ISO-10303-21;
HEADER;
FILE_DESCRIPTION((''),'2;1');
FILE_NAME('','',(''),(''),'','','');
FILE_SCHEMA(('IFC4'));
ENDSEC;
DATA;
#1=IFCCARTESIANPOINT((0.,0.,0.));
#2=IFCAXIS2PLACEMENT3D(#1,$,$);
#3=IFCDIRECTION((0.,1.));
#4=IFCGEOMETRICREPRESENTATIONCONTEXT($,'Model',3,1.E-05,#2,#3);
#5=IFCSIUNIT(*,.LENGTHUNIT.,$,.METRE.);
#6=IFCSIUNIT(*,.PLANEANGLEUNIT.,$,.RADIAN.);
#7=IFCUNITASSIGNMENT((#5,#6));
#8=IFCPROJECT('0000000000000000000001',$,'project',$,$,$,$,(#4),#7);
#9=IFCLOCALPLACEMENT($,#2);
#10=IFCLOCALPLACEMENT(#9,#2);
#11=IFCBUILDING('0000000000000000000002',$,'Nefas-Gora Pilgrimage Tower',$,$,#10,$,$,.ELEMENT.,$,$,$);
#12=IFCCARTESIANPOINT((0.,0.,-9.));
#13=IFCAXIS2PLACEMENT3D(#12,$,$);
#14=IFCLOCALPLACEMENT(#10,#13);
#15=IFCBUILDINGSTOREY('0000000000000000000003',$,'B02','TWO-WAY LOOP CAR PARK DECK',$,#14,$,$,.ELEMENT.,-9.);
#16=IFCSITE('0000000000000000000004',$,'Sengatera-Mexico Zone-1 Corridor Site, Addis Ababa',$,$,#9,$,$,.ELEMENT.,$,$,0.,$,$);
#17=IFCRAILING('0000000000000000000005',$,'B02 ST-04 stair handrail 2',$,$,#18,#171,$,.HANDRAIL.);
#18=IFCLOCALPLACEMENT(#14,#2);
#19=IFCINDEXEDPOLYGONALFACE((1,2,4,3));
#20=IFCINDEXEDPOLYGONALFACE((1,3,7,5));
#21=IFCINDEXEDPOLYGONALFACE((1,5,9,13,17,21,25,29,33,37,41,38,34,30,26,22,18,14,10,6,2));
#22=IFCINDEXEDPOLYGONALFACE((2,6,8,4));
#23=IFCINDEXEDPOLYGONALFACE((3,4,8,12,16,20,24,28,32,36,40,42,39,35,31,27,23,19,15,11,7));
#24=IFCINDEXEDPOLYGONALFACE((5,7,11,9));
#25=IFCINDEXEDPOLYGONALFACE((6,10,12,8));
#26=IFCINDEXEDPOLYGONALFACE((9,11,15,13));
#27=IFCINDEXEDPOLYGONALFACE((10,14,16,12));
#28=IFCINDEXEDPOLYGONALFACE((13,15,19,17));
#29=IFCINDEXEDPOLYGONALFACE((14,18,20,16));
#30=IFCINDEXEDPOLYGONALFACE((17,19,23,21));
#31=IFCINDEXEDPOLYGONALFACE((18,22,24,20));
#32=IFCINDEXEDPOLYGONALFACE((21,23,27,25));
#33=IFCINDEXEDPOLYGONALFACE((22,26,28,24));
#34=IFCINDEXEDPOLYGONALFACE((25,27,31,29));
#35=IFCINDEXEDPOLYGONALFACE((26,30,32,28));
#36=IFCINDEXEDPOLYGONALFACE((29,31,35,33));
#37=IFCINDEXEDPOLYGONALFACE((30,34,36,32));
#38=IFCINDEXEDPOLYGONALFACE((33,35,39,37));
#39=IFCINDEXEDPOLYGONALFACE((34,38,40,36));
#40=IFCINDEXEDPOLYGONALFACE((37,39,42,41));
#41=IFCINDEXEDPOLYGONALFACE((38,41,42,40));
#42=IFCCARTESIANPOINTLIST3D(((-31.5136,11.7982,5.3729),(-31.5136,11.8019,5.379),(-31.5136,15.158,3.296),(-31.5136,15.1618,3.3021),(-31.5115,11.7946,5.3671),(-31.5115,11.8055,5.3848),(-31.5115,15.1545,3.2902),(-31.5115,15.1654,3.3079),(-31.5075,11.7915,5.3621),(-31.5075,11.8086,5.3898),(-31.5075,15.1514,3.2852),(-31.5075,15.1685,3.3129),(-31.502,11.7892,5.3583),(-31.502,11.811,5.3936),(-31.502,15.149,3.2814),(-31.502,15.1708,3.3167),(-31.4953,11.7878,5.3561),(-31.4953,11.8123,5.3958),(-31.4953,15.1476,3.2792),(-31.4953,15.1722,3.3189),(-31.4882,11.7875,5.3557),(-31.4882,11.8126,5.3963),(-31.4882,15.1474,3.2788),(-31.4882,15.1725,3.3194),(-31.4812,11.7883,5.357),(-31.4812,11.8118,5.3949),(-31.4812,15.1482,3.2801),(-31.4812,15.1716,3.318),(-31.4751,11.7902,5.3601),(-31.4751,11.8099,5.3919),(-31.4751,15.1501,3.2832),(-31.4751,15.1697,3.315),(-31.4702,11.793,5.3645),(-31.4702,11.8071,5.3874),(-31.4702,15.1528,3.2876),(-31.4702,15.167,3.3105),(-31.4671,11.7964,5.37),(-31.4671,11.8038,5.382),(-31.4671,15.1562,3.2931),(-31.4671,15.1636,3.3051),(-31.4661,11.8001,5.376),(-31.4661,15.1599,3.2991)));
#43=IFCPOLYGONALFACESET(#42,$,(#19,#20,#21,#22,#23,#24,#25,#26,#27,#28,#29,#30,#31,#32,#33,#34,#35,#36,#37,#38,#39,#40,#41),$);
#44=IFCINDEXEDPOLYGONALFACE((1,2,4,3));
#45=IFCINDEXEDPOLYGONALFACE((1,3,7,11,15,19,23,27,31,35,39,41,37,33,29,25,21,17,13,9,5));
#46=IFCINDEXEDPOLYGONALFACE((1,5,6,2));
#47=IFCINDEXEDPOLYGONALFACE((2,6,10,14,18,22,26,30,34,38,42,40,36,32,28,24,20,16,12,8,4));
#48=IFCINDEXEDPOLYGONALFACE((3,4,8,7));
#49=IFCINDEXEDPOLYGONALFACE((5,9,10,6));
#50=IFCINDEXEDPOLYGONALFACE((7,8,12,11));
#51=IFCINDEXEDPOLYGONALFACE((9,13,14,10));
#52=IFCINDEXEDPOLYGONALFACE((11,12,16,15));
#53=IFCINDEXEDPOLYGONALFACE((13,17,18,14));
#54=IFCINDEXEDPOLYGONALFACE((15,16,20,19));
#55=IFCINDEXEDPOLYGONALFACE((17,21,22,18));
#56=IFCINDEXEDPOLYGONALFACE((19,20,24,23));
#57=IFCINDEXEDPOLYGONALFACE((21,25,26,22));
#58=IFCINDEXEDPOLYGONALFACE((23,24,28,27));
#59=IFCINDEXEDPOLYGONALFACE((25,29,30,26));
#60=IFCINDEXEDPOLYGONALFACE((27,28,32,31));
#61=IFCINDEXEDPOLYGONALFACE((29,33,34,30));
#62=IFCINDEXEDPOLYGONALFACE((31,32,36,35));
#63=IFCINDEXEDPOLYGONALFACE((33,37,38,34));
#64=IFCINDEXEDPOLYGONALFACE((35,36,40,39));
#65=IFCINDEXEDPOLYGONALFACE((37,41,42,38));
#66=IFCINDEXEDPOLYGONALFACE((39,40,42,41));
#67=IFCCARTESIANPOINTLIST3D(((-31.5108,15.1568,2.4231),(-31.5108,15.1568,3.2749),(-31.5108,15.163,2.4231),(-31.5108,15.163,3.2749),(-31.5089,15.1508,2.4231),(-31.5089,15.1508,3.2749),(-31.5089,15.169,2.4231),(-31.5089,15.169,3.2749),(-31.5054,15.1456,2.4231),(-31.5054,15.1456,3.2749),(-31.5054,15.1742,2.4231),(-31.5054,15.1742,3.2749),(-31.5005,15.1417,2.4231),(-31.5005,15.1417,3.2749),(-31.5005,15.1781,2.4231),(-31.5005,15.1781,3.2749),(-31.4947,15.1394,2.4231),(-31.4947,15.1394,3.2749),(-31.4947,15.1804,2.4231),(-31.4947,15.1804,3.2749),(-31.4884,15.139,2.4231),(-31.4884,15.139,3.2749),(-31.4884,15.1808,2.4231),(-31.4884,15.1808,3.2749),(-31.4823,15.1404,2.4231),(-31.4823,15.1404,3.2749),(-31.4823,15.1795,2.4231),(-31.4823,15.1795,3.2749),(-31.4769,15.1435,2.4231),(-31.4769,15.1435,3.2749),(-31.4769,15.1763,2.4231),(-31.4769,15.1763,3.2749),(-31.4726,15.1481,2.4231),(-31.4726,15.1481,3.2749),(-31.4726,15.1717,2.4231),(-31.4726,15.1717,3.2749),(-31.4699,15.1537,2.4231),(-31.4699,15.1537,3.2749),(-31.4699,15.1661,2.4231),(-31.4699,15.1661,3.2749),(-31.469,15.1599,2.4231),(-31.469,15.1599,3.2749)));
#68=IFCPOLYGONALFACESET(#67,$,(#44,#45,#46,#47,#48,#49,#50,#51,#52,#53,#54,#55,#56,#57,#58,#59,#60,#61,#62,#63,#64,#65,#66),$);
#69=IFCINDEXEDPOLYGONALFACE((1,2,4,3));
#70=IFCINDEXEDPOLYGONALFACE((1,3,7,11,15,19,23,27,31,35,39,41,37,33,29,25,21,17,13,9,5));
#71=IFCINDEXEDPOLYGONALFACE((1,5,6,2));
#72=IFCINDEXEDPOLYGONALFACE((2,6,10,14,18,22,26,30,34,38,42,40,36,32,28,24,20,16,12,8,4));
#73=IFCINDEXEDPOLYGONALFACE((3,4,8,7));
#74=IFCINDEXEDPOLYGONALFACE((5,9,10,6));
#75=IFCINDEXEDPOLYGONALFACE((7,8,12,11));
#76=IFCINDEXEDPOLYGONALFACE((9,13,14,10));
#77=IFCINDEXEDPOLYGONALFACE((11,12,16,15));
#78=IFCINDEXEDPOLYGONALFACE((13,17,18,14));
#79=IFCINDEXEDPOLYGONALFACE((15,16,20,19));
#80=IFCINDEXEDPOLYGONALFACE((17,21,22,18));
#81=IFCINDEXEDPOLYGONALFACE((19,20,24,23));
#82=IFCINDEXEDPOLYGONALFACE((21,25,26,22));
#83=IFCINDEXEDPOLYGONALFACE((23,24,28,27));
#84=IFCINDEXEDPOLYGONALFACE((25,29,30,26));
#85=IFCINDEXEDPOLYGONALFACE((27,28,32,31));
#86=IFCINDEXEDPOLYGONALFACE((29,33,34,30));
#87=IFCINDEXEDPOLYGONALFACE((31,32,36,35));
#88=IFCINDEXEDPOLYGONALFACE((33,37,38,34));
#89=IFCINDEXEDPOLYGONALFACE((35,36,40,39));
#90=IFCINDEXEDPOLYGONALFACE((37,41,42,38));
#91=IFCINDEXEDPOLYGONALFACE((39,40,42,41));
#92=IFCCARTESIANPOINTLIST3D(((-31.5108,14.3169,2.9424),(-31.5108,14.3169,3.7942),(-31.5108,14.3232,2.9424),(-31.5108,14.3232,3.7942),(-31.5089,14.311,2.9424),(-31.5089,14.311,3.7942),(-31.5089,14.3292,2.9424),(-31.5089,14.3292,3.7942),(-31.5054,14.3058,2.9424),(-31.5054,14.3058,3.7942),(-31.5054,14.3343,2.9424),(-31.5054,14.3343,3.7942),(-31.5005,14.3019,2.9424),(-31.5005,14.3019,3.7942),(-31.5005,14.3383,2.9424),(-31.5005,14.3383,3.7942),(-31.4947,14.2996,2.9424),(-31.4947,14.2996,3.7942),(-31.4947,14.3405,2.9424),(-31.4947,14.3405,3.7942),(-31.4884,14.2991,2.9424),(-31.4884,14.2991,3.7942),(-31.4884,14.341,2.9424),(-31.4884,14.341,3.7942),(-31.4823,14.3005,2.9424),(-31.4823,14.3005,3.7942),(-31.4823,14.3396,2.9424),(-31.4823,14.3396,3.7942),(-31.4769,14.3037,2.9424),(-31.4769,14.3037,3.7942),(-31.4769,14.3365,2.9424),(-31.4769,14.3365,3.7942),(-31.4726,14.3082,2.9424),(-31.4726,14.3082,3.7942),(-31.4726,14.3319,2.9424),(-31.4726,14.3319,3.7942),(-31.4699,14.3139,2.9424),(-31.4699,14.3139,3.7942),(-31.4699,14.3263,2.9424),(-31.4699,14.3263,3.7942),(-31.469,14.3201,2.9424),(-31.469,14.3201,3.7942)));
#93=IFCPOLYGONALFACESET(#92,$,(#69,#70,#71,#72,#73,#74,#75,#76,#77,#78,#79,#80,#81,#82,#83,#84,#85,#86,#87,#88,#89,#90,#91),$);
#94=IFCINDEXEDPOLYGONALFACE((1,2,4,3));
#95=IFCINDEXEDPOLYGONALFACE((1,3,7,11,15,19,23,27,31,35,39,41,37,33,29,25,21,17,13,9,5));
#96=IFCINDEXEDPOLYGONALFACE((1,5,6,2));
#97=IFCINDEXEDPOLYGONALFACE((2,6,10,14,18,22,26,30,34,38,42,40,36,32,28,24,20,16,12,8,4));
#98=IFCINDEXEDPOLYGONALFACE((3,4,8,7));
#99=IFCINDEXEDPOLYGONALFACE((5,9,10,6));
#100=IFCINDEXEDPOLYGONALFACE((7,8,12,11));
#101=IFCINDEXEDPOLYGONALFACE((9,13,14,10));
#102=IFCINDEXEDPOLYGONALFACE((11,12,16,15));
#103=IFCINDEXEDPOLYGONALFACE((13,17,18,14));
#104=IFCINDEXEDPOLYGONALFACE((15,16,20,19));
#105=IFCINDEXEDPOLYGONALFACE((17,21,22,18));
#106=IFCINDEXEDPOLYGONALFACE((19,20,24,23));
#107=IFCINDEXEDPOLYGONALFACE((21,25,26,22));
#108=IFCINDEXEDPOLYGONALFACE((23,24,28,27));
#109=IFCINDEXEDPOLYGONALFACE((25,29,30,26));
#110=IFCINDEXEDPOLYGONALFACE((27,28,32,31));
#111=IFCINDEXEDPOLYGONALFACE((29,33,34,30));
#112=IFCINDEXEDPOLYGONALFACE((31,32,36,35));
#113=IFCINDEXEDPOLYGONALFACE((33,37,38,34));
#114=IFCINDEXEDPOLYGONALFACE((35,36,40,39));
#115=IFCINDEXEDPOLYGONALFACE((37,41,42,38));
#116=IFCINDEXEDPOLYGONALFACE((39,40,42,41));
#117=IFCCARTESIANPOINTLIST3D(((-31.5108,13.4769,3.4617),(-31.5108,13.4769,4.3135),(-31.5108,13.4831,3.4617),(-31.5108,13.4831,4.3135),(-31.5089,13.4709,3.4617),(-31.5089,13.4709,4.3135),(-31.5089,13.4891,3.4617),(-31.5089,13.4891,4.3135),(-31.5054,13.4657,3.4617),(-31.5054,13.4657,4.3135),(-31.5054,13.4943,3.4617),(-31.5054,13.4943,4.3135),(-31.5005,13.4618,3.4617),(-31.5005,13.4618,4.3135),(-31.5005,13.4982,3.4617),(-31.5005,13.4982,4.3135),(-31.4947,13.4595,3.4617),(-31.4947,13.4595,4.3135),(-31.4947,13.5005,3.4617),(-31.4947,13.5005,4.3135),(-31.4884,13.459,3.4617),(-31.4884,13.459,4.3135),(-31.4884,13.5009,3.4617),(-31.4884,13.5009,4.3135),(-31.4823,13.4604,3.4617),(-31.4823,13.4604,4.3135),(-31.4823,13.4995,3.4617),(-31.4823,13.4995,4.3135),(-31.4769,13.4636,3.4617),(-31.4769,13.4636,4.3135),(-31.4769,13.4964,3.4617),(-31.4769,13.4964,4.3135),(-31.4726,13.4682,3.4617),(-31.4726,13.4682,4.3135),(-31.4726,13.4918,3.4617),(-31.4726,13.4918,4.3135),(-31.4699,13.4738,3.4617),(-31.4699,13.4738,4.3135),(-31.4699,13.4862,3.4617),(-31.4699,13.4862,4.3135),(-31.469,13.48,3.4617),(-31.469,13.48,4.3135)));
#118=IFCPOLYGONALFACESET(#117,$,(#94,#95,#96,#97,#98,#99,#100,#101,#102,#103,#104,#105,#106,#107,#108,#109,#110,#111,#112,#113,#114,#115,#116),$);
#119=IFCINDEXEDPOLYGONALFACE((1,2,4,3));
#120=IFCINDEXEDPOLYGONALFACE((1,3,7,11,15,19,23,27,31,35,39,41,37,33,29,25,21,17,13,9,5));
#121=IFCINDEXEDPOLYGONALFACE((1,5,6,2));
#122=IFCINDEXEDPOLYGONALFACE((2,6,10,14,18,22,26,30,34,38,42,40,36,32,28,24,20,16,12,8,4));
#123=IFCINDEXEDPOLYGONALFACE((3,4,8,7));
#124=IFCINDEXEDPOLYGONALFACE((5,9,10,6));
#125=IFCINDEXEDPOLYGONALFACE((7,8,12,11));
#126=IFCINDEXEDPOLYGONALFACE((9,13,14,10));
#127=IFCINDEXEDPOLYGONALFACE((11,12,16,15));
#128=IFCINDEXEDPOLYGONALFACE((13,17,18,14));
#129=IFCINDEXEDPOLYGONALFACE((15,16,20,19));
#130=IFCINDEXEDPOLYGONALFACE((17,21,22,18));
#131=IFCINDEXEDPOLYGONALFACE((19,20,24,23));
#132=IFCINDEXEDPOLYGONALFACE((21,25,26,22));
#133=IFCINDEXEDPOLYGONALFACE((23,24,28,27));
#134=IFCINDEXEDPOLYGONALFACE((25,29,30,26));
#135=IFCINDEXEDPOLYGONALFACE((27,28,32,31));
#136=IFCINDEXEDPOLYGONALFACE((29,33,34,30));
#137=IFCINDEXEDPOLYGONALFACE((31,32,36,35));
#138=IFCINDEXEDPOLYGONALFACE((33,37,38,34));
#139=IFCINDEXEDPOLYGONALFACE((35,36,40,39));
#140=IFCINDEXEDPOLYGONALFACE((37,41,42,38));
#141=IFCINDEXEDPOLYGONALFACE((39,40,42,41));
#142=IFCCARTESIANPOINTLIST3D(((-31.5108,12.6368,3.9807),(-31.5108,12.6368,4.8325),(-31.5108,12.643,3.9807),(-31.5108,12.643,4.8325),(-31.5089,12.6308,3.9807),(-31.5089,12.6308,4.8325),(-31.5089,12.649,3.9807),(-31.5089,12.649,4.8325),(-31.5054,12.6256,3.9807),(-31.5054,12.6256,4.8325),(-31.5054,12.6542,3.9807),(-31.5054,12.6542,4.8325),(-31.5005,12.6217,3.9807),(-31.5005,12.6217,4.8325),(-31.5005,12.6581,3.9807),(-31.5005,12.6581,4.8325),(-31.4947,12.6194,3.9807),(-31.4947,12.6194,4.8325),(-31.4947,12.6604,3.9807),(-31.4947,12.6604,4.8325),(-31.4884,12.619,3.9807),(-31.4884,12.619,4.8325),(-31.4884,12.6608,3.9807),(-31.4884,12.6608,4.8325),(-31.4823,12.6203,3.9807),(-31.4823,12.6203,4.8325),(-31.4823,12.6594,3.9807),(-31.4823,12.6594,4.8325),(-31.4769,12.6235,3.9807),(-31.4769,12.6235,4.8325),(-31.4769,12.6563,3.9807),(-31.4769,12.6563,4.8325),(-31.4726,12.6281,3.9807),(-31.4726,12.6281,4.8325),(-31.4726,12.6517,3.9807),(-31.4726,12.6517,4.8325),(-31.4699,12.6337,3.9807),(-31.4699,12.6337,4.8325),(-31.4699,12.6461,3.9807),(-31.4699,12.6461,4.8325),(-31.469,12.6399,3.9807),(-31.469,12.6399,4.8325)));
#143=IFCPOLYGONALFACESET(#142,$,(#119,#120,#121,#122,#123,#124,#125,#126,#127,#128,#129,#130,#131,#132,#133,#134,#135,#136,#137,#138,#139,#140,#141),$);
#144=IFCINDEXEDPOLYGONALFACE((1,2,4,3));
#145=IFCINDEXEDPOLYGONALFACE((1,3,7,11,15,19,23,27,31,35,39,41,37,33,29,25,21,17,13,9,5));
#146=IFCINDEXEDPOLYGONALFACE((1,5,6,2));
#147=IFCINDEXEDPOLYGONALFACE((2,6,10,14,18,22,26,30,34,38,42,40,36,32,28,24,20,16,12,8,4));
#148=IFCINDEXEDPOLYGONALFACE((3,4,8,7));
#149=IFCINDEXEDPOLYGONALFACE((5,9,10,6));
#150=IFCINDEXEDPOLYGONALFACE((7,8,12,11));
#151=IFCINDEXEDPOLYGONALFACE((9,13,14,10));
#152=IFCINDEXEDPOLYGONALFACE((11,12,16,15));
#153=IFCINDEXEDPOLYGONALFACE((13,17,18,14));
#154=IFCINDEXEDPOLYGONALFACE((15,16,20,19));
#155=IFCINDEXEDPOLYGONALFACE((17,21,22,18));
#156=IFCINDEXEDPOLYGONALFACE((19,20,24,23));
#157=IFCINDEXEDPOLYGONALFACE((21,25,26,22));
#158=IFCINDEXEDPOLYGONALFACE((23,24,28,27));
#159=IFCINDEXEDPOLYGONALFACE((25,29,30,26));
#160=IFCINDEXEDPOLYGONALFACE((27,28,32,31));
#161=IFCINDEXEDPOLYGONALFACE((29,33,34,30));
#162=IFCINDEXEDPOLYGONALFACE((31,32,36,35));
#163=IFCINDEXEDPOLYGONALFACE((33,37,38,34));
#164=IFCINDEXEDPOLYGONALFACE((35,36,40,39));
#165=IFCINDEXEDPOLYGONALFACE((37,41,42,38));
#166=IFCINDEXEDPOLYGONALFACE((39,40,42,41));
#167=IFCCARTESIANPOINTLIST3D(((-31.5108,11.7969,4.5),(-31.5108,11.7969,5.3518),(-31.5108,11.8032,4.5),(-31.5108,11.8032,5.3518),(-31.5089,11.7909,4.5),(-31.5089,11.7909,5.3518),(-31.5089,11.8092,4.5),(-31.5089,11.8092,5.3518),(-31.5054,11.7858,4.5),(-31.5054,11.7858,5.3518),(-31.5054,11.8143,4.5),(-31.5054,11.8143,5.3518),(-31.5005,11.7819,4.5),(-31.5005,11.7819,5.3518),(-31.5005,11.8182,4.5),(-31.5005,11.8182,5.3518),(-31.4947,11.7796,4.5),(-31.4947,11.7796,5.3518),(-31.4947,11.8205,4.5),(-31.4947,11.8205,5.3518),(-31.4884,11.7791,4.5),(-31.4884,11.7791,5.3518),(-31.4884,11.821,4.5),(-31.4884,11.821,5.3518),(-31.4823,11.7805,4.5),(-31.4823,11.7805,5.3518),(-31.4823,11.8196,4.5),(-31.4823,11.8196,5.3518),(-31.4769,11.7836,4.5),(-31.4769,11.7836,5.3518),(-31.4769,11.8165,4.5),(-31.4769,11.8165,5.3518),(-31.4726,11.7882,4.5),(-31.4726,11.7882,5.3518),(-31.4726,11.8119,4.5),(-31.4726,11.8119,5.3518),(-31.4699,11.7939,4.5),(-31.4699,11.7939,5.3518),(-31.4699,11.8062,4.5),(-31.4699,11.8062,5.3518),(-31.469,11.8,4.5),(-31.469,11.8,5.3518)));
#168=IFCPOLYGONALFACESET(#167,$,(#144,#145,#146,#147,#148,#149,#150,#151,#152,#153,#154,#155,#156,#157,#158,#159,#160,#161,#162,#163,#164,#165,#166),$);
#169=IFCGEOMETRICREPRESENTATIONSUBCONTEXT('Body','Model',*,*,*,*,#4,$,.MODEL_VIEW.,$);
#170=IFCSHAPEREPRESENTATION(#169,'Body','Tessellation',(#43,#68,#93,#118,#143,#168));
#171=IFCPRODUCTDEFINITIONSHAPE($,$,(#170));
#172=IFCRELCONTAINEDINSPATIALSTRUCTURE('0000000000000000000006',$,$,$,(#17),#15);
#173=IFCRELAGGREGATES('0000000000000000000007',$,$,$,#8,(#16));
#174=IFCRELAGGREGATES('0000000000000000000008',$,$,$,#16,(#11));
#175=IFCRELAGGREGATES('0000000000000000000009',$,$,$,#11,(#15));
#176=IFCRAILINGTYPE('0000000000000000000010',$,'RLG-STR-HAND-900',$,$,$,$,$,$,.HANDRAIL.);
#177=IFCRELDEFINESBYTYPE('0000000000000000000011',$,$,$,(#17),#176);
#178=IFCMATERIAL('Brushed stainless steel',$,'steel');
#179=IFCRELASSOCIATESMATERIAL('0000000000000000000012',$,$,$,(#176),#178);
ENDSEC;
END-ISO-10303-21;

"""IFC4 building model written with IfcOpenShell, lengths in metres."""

from ifc_helpers import new_model, si_unit, direction, frame, origin, origin_2d, place, context, subcontext, project, spatial, circle, extrude, material, type_object, element, save


model = new_model("IFC4")

# Units and contexts
model_context = context("Model", 3, precision=1e-05, world=origin(), true_north=direction((0.0, 1.0)))
body_context = subcontext(model_context, "Body", "Model", "MODEL_VIEW")
ifc_project = project(units=[si_unit("LENGTHUNIT", "METRE"), si_unit("PLANEANGLEUNIT", "RADIAN")], contexts=[model_context])

# Site, building, storey
site_placement = place(None, origin())
site = spatial("IfcSite", under=ifc_project, at=site_placement, Name="Sengatera-Mexico Zone-1 Corridor Site, Addis Ababa", CompositionType="ELEMENT", RefElevation=0.0)
building_placement = place(site_placement, origin())
building = spatial("IfcBuilding", under=site, at=building_placement, Name="Nefas-Gora Pilgrimage Tower", CompositionType="ELEMENT")
storey_placement = place(building_placement, frame((0.0, 0.0, -9.0)))
storey = spatial("IfcBuildingStorey", under=building, at=storey_placement, Name="B02", Description="TWO-WAY LOOP CAR PARK DECK", CompositionType="ELEMENT", Elevation=-9.0)

# Railing
ifc_material_1 = material(Name="Brushed stainless steel", Category="steel")
railing_type_1 = type_object("IfcRailingType", Name="RLG-STR-HAND-900", PredefinedType="HANDRAIL", material=ifc_material_1)
railing_1_placement = place(storey_placement, frame((-31.49, 15.1599, 2.4231)))
element("IfcRailing", 1, at=railing_1_placement, inside=storey, type_object=railing_type_1, Name="B02 ST-04 stair handrail 2", PredefinedType="HANDRAIL", context=body_context, shape_type="SweptSolid", body=[
    extrude(circle(Radius=0.0239, at=origin_2d()), frame((0.0, 0.0, 0.876), z_axis=(0.0, -0.850606, 0.525803), x_axis=(1.0, 0.0, 0.0)), (0.0, 0.0, 1.0), 3.95),
    extrude(circle(Radius=0.021, at=origin_2d()), origin(), (0.0, 0.0, 1.0), 0.8518),
    extrude(circle(Radius=0.021, at=origin_2d()), frame((0.0, -0.8398, 0.5193)), (0.0, 0.0, 1.0), 0.8518),
    extrude(circle(Radius=0.021, at=origin_2d()), frame((0.0, -1.6799, 1.0386)), (0.0, 0.0, 1.0), 0.8518),
    extrude(circle(Radius=0.021, at=origin_2d()), frame((0.0, -2.52, 1.5576)), (0.0, 0.0, 1.0), 0.8518),
    extrude(circle(Radius=0.021, at=origin_2d()), frame((0.0, -3.3599, 2.0769)), (0.0, 0.0, 1.0), 0.8518),
])

save(model, "model.ifc")
